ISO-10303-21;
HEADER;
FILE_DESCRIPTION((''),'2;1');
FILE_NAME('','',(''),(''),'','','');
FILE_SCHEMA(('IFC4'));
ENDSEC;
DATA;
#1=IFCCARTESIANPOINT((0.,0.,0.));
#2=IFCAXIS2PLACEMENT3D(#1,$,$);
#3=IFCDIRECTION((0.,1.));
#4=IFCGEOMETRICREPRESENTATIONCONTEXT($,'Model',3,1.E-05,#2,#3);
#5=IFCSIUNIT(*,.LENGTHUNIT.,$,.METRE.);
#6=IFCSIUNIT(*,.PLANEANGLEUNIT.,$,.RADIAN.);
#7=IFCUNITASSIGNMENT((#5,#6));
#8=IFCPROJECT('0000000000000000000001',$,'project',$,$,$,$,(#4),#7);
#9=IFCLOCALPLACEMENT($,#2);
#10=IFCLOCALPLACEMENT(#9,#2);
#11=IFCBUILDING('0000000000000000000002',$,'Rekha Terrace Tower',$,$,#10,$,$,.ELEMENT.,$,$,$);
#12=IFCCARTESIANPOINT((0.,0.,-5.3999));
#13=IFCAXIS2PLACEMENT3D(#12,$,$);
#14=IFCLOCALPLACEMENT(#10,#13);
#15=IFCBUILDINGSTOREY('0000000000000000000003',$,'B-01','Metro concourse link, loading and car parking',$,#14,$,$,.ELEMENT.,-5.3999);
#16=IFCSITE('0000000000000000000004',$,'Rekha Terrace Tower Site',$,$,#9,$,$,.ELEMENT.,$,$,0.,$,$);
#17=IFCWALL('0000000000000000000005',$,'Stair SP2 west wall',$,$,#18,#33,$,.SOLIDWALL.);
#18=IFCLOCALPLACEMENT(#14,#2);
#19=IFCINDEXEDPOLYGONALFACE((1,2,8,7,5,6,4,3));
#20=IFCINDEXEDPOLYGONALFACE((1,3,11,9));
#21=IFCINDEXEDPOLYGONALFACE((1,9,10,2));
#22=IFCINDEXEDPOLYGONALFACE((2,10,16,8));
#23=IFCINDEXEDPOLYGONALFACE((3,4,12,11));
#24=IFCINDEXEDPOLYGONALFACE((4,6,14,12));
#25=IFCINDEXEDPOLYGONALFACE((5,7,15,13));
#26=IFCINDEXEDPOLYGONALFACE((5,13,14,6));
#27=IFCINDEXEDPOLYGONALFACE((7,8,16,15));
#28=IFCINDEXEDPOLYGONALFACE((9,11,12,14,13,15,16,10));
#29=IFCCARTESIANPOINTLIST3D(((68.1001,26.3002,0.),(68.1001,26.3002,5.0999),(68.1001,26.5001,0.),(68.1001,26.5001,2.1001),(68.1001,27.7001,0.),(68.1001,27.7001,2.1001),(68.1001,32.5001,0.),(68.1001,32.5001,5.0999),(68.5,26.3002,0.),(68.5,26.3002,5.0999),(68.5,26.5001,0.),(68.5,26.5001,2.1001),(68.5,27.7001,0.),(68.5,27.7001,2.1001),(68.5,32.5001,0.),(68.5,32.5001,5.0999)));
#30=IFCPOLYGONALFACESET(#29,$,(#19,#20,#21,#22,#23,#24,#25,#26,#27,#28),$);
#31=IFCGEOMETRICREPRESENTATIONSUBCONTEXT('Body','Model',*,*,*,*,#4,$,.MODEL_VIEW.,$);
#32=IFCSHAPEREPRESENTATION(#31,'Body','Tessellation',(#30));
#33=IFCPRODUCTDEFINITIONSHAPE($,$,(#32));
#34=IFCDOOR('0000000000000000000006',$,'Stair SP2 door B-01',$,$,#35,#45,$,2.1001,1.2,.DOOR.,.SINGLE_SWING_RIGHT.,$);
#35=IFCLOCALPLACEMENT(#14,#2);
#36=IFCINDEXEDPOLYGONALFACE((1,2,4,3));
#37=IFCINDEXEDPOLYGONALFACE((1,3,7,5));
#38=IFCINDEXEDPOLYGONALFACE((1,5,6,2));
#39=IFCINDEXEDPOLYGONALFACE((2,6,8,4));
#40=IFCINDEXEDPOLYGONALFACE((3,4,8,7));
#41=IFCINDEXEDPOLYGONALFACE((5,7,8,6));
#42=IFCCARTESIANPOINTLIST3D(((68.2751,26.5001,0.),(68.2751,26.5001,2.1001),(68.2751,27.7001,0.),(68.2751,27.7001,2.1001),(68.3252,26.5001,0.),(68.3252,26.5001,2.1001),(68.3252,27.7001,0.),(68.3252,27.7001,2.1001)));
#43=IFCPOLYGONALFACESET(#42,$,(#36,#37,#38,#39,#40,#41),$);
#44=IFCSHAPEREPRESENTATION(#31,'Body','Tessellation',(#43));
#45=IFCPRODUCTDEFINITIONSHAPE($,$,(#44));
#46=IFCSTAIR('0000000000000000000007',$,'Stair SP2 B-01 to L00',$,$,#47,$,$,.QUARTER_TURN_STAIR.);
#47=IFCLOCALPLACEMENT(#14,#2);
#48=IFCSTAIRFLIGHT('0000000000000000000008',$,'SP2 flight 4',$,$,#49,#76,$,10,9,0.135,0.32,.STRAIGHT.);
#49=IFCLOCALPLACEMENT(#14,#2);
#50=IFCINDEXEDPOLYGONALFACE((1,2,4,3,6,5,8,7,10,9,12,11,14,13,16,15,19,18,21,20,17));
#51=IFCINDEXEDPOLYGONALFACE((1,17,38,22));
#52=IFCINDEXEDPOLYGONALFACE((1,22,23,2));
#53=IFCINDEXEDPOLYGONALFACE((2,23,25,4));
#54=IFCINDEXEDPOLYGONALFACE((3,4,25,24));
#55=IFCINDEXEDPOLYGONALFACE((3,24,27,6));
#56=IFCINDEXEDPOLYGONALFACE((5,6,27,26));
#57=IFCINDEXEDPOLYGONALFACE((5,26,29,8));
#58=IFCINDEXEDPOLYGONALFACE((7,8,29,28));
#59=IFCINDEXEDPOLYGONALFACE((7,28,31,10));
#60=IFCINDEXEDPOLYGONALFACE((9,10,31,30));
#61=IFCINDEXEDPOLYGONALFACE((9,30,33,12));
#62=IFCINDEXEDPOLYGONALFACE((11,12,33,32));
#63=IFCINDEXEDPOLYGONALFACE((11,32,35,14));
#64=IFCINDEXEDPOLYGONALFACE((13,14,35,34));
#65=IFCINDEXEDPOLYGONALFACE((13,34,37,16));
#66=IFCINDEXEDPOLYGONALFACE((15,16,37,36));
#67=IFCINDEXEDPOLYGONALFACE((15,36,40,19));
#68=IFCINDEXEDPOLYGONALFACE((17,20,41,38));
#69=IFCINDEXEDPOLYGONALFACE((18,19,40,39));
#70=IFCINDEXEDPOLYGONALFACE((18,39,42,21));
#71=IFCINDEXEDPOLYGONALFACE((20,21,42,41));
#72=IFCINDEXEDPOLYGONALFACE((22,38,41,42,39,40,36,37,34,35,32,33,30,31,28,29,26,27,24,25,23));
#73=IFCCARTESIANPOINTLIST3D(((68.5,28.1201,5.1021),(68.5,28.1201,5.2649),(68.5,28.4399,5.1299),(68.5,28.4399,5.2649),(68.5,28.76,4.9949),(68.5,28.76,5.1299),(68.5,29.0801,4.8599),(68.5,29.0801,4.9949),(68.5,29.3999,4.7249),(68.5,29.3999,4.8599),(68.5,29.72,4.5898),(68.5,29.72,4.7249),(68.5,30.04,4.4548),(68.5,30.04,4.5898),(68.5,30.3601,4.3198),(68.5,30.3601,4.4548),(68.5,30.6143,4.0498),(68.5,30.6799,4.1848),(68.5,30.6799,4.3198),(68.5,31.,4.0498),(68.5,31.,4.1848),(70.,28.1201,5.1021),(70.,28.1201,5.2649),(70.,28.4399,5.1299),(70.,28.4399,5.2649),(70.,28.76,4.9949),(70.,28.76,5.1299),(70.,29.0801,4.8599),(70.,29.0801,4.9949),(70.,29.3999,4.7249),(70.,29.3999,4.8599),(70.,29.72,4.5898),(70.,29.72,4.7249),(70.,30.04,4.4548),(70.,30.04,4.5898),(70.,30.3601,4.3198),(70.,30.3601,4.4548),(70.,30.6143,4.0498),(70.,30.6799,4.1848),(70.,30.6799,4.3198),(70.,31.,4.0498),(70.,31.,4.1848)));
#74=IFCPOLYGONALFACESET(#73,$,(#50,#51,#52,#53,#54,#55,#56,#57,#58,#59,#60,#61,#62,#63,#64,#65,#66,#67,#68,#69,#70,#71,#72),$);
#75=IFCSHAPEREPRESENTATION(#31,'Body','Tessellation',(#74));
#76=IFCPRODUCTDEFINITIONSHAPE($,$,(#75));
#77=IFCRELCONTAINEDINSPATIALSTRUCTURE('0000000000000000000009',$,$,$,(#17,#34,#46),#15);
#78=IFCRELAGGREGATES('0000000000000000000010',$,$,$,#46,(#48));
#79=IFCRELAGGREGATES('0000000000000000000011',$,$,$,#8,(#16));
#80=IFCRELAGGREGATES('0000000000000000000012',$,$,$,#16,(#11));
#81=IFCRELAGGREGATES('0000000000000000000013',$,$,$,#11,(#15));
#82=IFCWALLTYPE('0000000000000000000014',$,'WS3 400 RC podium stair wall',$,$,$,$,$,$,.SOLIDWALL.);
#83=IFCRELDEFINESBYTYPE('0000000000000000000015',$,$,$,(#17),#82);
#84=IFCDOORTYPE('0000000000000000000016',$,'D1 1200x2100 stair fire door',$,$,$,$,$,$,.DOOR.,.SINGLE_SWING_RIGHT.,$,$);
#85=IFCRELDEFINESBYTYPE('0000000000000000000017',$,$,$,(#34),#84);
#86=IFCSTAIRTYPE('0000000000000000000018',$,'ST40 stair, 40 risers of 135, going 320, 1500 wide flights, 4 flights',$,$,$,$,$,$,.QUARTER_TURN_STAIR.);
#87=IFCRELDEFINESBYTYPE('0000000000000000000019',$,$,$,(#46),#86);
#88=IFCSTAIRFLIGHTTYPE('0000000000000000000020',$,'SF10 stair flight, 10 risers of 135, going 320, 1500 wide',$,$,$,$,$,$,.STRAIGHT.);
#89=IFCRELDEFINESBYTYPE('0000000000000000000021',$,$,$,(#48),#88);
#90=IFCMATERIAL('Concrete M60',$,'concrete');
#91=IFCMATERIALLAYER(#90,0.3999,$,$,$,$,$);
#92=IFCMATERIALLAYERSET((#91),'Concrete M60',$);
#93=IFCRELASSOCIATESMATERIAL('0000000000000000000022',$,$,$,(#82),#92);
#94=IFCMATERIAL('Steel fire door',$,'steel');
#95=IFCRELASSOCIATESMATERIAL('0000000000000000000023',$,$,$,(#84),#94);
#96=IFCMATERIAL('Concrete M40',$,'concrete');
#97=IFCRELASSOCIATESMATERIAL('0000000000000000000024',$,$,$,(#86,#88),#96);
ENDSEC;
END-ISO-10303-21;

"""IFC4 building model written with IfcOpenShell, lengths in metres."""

from ifc_helpers import new_model, si_unit, direction, frame, frame_2d, origin, place, context, subcontext, project, spatial, polyline, rectangle, outline, extrude, material, layer, layer_set, type_object, element, fill, aggregate, save


model = new_model("IFC4")

# Units and contexts
model_context = context("Model", 3, precision=1e-05, world=origin(), true_north=direction((0.0, 1.0)))
body_context = subcontext(model_context, "Body", "Model", "MODEL_VIEW")
ifc_project = project(units=[si_unit("LENGTHUNIT", "METRE"), si_unit("PLANEANGLEUNIT", "RADIAN")], contexts=[model_context])

# Site, building, storey
site_placement = place(None, origin())
site = spatial("IfcSite", under=ifc_project, at=site_placement, Name="Rekha Terrace Tower Site", CompositionType="ELEMENT", RefElevation=0.0)
building_placement = place(site_placement, origin())
building = spatial("IfcBuilding", under=site, at=building_placement, Name="Rekha Terrace Tower", CompositionType="ELEMENT")
storey_placement = place(building_placement, frame((0.0, 0.0, -5.3999)))
storey = spatial("IfcBuildingStorey", under=building, at=storey_placement, Name="B-01", Description="Metro concourse link, loading and car parking", CompositionType="ELEMENT", Elevation=-5.3999)

# Shared definitions
ifc_material_1 = material(Name="Concrete M60", Category="concrete")

# Shared definitions
ifc_layer = layer(ifc_material_1, 0.3999)
ifc_layer_set = layer_set([ifc_layer], Name="Concrete M60")
wall_type = type_object("IfcWallType", Name="WS3 400 RC podium stair wall", PredefinedType="SOLIDWALL", material=ifc_layer_set)

# Wall, opening, door
wall_placement = place(storey_placement, frame((68.3, 26.3, 0.0), z_axis=(0.0, 0.0, 1.0), x_axis=(0.0, 1.0, 0.0)))
wall = element("IfcWall", 1, at=wall_placement, inside=storey, type_object=wall_type, Name="Stair SP2 west wall", PredefinedType="SOLIDWALL", context=body_context, shape_type="SweptSolid", body=[
    extrude(rectangle(XDim=6.2, YDim=0.3999, at=frame_2d((3.1001, 0.0))), origin(), (0.0, 0.0, 1.0), 5.0999),
])
opening_placement = place(wall_placement, frame((0.2, 0.0, 0.0)))
opening = element("IfcOpeningElement", 2, at=opening_placement, cuts=wall, PredefinedType="OPENING", context=body_context, shape_type="SweptSolid", body=[
    extrude(rectangle(XDim=1.2, YDim=2.1001, at=frame_2d((0.6001, 1.05))), frame((0.0, 0.21, 0.0), z_axis=(0.0, -1.0, 0.0), x_axis=(1.0, 0.0, 0.0)), (0.0, 0.0, 1.0), 0.4199),
])
ifc_material_2 = material(Name="Steel fire door", Category="steel")
door_type = type_object("IfcDoorType", Name="D1 1200x2100 stair fire door", OperationType="SINGLE_SWING_RIGHT", PredefinedType="DOOR", material=ifc_material_2)
door_placement = place(opening_placement, origin())
door = element("IfcDoor", 3, at=door_placement, inside=storey, type_object=door_type, Name="Stair SP2 door B-01", OperationType="SINGLE_SWING_RIGHT", OverallHeight=2.1001, OverallWidth=1.2, PredefinedType="DOOR", context=body_context, shape_type="SweptSolid", body=[
    extrude(rectangle(XDim=1.2, YDim=2.1001, at=frame_2d((0.6001, 1.05))), frame((0.0, 0.0249, 0.0), z_axis=(0.0, -1.0, 0.0), x_axis=(1.0, 0.0, 0.0)), (0.0, 0.0, 1.0), 0.05),
])
fill(opening, door)

# Stair, stair flight
ifc_material_3 = material(Name="Concrete M40", Category="concrete")
stair_type = type_object("IfcStairType", Name="ST40 stair, 40 risers of 135, going 320, 1500 wide flights, 4 flights", PredefinedType="QUARTER_TURN_STAIR", material=ifc_material_3)
stair_placement = place(storey_placement, origin())
stair = element("IfcStair", 4, at=stair_placement, inside=storey, type_object=stair_type, Name="Stair SP2 B-01 to L00", PredefinedType="QUARTER_TURN_STAIR")
stair_flight_type = type_object("IfcStairFlightType", Name="SF10 stair flight, 10 risers of 135, going 320, 1500 wide", PredefinedType="STRAIGHT", material=ifc_material_3)
stair_flight_placement = place(storey_placement, frame((69.25, 31.0, 4.0498), z_axis=(0.0, 0.0, 1.0), x_axis=(0.0, -1.0, 0.0)))
stair_flight = element("IfcStairFlight", 5, at=stair_flight_placement, type_object=stair_flight_type, Name="SP2 flight 4", NumberOfRisers=10, NumberOfTreads=9, PredefinedType="STRAIGHT", RiserHeight=0.135, TreadLength=0.32, context=body_context, shape_type="SweptSolid", body=[
    extrude(outline(polyline([(0.0, 0.0), (0.0, 0.135), (0.3201, 0.135), (0.3201, 0.27), (0.6399, 0.27), (0.6399, 0.405), (0.96, 0.405), (0.96, 0.54), (1.28, 0.54), (1.28, 0.675), (1.6001, 0.675), (1.6001, 0.8101), (1.9199, 0.8101), (1.9199, 0.9451), (2.24, 0.9451), (2.24, 1.0801), (2.5601, 1.0801), (2.5601, 1.2151), (2.8799, 1.2151), (2.8799, 1.3501), (2.8799, 1.0522), (0.3857, 0.0), (0.0, 0.0)])), frame((0.0, 0.75, 0.0), z_axis=(0.0, -1.0, 0.0), x_axis=(1.0, 0.0, 0.0)), (0.0, 0.0, 1.0), 1.5),
])
aggregate(stair, [stair_flight])

save(model, "model.ifc")
